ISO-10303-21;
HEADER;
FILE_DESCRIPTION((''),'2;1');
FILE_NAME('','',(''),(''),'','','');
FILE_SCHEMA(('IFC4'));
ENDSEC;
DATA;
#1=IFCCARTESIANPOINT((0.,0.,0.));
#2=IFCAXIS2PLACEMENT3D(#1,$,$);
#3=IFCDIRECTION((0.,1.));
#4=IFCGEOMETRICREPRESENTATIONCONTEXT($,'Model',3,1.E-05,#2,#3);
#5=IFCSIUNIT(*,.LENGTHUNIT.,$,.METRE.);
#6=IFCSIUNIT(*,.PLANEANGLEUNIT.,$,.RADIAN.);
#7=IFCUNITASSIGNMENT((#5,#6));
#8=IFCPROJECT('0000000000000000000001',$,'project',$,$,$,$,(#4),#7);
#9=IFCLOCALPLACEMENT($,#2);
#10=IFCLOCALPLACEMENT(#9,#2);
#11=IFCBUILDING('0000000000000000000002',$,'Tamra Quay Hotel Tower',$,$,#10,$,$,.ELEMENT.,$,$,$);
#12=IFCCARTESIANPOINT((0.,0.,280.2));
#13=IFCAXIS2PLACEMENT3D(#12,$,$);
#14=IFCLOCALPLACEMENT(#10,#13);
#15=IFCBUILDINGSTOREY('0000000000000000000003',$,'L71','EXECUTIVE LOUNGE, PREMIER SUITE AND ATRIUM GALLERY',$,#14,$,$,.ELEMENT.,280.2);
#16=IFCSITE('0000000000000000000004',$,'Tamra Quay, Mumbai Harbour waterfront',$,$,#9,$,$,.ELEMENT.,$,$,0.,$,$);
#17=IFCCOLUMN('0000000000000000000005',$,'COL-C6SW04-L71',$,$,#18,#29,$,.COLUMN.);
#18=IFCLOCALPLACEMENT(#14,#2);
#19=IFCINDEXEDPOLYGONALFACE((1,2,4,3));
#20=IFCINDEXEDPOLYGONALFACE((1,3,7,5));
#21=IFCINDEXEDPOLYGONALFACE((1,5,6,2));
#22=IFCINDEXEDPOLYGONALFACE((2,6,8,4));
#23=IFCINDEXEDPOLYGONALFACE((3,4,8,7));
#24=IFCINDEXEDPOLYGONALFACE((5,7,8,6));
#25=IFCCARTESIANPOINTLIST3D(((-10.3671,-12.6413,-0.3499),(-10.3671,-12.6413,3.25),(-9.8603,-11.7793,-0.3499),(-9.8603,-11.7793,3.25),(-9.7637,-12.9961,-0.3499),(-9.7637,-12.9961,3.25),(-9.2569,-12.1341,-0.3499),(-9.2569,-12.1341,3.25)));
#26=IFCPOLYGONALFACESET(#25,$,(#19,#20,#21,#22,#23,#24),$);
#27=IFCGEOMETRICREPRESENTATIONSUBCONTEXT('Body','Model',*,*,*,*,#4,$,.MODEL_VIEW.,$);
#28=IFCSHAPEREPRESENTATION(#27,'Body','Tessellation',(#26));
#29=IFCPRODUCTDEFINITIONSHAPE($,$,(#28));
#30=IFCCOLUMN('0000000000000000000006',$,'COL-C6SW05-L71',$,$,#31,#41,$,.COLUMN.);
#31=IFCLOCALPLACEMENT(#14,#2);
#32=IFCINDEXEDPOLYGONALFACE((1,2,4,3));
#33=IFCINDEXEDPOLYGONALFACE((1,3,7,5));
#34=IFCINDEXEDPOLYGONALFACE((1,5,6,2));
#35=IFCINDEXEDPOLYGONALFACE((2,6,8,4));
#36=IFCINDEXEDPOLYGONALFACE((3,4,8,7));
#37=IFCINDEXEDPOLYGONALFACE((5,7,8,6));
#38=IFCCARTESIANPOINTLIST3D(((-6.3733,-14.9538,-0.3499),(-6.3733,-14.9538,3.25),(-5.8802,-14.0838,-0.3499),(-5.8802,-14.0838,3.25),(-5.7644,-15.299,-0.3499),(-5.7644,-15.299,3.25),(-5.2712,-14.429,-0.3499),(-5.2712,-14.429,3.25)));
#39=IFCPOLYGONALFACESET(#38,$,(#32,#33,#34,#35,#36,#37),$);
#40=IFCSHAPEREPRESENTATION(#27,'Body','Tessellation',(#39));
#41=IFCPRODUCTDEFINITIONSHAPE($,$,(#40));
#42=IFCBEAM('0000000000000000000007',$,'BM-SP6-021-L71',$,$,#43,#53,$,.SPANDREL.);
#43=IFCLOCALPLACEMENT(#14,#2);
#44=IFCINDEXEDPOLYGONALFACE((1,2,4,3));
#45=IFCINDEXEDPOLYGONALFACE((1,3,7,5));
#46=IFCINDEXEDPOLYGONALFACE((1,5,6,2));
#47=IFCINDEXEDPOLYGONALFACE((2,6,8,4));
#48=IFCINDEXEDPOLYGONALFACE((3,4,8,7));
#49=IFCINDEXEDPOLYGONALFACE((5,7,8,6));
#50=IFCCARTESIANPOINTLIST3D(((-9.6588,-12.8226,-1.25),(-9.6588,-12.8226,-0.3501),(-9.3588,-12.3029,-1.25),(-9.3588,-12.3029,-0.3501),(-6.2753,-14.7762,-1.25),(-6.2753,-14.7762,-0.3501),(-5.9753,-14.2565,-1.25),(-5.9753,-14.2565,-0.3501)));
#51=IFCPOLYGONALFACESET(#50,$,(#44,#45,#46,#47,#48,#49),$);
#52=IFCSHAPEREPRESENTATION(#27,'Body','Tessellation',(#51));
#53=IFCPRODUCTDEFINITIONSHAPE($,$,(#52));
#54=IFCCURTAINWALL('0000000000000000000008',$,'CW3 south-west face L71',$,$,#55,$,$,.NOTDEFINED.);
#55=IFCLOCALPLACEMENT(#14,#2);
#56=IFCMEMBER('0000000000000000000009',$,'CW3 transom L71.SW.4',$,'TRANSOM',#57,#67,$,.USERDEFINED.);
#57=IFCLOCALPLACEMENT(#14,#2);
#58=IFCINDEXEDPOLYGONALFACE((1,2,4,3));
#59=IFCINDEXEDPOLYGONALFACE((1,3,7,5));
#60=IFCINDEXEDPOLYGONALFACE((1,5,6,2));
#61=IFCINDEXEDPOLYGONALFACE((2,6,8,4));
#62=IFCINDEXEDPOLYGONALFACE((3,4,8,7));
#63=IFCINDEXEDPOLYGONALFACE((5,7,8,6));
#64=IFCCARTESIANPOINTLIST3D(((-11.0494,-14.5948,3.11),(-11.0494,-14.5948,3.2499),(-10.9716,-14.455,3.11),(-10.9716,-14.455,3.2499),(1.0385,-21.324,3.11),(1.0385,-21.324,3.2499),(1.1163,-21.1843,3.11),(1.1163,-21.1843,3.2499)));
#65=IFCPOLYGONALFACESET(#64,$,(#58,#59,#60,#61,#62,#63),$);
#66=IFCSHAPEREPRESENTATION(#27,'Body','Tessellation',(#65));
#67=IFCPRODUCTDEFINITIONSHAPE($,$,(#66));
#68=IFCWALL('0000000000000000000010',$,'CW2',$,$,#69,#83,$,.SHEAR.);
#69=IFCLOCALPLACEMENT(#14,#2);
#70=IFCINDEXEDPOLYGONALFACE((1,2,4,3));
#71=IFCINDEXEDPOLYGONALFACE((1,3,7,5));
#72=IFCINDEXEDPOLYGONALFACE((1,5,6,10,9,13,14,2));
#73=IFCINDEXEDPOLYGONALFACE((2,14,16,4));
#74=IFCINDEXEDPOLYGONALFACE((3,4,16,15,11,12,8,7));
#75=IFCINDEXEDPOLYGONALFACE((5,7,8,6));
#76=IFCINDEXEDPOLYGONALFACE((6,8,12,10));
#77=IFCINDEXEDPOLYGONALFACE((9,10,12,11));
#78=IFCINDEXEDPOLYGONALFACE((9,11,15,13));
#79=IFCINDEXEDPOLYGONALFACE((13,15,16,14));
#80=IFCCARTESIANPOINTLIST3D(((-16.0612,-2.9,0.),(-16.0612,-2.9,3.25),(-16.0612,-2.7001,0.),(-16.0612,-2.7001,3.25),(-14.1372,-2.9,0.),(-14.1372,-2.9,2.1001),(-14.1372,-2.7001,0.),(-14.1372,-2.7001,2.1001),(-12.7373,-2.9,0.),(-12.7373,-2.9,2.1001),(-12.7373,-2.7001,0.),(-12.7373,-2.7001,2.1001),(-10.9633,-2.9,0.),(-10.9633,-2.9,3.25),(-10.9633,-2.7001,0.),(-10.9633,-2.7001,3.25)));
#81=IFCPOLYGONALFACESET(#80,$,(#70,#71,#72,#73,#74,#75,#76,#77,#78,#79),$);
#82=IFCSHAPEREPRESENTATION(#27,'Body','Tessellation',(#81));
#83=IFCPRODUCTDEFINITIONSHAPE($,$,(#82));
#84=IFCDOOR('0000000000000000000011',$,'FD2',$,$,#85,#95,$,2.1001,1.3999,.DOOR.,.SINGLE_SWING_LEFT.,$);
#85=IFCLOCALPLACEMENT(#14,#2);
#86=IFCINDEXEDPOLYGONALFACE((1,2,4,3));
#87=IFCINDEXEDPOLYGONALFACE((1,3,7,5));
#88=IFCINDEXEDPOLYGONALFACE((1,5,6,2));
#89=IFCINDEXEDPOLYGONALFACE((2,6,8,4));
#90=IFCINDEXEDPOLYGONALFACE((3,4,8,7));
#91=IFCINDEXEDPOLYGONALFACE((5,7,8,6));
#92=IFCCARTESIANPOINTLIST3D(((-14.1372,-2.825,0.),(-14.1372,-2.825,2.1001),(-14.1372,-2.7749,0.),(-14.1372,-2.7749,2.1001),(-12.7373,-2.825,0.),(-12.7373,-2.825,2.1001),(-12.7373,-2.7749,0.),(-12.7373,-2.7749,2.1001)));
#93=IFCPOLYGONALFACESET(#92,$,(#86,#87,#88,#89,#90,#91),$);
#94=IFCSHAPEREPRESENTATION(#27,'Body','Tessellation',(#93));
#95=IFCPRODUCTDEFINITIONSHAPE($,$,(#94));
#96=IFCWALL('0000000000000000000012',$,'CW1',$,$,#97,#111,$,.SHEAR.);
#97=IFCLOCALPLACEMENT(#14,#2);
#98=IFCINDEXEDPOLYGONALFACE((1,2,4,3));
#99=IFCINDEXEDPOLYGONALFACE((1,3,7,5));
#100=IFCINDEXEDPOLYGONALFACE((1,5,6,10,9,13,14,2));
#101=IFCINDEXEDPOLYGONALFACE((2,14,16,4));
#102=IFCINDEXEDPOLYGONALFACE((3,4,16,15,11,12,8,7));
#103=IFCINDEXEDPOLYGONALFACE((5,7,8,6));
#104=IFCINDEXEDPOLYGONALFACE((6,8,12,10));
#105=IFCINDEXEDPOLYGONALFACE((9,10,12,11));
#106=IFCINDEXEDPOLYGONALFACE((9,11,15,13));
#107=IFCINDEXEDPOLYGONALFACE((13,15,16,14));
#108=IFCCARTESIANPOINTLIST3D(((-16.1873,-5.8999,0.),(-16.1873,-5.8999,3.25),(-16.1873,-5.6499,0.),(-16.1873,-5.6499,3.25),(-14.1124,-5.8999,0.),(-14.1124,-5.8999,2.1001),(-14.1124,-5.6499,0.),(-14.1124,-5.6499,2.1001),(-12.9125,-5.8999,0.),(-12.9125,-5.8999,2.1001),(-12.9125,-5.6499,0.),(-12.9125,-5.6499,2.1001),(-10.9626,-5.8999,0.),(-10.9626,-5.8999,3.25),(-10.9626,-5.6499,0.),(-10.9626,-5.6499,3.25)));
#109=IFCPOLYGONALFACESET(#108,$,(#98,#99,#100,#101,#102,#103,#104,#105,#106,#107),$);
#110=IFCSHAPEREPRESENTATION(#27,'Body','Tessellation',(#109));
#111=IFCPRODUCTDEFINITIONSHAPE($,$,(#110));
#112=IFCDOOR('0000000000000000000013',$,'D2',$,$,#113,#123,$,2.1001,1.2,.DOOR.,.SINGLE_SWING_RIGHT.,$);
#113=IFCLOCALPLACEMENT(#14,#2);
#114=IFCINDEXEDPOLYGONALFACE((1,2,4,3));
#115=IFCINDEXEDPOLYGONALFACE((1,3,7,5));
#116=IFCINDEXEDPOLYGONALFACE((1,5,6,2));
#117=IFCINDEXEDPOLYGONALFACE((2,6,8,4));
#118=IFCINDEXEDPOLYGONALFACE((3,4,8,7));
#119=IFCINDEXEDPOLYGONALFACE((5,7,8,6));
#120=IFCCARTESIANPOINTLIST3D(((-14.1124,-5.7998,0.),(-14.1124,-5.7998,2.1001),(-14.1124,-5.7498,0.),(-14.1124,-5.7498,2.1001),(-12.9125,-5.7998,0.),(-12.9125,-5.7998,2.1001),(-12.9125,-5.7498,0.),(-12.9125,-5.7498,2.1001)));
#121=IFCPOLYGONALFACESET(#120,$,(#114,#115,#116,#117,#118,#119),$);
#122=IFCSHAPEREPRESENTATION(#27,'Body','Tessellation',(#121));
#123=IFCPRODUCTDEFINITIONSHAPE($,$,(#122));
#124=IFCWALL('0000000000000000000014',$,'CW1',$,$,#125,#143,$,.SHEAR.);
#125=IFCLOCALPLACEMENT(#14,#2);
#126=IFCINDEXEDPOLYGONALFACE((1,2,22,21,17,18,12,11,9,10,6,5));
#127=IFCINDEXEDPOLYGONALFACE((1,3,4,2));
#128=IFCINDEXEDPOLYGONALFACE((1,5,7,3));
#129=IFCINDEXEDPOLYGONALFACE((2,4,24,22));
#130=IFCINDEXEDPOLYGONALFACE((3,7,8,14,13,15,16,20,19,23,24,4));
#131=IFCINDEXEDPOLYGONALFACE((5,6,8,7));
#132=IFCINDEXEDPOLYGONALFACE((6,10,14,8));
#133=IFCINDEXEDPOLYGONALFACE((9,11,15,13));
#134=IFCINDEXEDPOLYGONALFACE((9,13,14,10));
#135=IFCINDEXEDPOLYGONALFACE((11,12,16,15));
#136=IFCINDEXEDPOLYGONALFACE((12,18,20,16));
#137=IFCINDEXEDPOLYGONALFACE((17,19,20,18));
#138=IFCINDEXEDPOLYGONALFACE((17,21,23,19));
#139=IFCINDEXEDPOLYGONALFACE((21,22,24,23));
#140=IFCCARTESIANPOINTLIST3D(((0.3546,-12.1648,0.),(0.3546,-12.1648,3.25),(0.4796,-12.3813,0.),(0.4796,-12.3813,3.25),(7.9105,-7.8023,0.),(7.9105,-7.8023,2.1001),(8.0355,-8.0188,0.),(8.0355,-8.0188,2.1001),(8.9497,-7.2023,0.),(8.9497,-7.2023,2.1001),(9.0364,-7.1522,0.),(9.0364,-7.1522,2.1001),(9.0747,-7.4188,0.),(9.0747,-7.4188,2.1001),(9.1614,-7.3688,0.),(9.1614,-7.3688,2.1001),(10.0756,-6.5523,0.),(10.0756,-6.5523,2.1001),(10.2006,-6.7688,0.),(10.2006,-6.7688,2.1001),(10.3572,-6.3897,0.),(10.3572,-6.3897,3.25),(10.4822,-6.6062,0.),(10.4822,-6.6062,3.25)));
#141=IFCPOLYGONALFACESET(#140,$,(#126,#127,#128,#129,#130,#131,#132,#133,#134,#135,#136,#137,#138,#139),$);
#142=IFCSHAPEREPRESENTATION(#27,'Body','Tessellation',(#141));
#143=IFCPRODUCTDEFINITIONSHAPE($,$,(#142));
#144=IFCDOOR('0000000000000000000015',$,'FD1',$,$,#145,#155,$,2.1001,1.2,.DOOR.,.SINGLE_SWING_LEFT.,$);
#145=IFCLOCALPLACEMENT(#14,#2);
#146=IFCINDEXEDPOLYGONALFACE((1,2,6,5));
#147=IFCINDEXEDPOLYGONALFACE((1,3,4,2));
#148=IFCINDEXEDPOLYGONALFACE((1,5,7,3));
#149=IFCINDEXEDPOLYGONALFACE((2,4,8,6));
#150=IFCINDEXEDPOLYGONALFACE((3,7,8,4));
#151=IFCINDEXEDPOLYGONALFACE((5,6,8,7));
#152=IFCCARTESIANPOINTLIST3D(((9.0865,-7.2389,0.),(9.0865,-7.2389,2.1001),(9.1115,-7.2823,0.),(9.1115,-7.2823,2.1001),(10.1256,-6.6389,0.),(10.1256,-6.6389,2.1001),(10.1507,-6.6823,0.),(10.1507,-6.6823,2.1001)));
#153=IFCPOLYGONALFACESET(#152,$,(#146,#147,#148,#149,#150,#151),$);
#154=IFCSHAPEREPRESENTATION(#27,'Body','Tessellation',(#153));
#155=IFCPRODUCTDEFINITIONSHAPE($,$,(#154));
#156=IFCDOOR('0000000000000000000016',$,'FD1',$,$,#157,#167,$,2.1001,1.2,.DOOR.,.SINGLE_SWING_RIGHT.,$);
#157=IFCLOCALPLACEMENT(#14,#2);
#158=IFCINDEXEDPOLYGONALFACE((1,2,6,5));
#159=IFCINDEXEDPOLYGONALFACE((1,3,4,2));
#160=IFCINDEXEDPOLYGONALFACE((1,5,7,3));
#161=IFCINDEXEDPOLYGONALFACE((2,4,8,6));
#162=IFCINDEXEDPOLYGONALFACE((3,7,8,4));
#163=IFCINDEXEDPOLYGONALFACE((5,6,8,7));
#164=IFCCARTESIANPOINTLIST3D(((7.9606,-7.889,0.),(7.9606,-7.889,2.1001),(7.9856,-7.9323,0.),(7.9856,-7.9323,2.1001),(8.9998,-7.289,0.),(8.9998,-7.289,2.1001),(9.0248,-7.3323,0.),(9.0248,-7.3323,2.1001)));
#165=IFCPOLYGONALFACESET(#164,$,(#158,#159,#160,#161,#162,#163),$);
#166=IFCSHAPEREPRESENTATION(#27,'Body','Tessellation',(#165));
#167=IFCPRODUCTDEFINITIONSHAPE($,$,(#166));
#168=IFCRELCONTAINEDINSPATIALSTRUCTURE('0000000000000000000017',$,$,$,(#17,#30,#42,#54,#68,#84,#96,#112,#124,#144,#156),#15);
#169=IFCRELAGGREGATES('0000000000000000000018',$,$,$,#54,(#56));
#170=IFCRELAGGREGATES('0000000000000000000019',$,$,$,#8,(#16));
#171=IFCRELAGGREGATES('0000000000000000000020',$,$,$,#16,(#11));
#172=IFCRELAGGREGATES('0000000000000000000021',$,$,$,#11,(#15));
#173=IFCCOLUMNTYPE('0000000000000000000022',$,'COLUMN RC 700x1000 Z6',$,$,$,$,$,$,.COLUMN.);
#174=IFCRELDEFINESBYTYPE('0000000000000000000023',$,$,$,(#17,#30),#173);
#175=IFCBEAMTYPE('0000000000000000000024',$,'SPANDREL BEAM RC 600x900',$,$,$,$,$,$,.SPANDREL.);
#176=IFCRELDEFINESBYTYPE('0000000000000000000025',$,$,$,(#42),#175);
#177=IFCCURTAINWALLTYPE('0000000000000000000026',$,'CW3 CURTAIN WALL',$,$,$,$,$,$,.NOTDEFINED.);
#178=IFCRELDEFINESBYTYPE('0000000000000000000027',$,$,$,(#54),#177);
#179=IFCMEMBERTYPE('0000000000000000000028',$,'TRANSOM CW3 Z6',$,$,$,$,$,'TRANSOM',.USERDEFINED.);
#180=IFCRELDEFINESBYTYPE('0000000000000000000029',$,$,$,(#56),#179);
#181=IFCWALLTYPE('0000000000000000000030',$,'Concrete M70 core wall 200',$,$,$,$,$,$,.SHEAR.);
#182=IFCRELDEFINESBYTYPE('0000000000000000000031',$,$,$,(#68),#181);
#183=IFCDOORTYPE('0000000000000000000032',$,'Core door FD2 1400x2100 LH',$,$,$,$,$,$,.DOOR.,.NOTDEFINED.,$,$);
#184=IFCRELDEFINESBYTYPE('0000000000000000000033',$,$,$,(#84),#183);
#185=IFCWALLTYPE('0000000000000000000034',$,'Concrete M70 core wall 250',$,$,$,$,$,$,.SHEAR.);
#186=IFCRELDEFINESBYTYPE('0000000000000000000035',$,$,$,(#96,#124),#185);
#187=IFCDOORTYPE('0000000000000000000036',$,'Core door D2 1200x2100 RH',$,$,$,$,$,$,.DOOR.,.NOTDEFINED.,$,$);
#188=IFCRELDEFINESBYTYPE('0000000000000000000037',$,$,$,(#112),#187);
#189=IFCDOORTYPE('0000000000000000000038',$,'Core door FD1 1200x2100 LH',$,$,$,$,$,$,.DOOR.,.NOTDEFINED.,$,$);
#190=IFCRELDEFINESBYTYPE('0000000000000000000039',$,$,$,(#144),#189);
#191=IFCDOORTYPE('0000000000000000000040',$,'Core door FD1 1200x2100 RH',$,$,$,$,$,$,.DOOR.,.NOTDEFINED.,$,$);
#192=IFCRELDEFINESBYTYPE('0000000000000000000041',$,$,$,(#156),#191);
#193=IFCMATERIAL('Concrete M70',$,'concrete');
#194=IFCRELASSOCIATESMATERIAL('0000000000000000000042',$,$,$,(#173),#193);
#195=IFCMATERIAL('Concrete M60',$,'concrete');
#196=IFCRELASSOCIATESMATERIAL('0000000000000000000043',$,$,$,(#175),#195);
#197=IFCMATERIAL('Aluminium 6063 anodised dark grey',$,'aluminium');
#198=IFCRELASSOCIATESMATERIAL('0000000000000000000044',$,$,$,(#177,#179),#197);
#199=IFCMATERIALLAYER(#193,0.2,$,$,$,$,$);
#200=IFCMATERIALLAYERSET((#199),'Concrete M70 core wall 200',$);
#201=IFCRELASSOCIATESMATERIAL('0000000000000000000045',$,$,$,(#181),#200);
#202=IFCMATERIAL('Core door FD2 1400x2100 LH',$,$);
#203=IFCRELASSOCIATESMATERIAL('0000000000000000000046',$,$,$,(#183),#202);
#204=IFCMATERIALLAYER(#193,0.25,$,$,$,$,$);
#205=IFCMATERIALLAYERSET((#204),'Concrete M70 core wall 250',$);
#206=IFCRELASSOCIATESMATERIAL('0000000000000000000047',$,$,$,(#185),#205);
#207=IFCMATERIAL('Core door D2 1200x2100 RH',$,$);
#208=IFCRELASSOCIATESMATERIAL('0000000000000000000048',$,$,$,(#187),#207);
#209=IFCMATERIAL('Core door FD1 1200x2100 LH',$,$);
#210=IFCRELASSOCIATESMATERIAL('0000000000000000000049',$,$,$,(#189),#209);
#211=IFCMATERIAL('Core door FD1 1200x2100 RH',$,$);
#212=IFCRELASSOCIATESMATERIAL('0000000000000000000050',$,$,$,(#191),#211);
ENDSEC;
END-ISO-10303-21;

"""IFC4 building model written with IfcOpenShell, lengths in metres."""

from ifc_helpers import new_model, si_unit, direction, frame, frame_2d, origin, origin_2d, place, context, subcontext, project, spatial, rectangle, extrude, material, layer, layer_set, material_profile, profile_set, type_object, element, fill, aggregate, save


model = new_model("IFC4")

# Units and contexts
model_context = context("Model", 3, precision=1e-05, world=origin(), true_north=direction((0.0, 1.0)))
body_context = subcontext(model_context, "Body", "Model", "MODEL_VIEW")
ifc_project = project(units=[si_unit("LENGTHUNIT", "METRE"), si_unit("PLANEANGLEUNIT", "RADIAN")], contexts=[model_context])

# Site, building, storey
site_placement = place(None, origin())
site = spatial("IfcSite", under=ifc_project, at=site_placement, Name="Tamra Quay, Mumbai Harbour waterfront", CompositionType="ELEMENT", RefElevation=0.0)
building_placement = place(site_placement, origin())
building = spatial("IfcBuilding", under=site, at=building_placement, Name="Tamra Quay Hotel Tower", CompositionType="ELEMENT")
storey_placement = place(building_placement, frame((0.0, 0.0, 280.2)))
storey = spatial("IfcBuildingStorey", under=building, at=storey_placement, Name="L71", Description="EXECUTIVE LOUNGE, PREMIER SUITE AND ATRIUM GALLERY", CompositionType="ELEMENT", Elevation=280.2)

# Columns
ifc_material_1 = material(Name="Concrete M70", Category="concrete")
ifc_material_profile_1 = material_profile(ifc_material_1, rectangle(XDim=1.0, YDim=0.7, at=origin_2d()), Name="COLUMN RC 700x1000 Z6")
ifc_profile_set_1 = profile_set([ifc_material_profile_1], Name="Concrete M70")
column_type = type_object("IfcColumnType", Name="COLUMN RC 700x1000 Z6", PredefinedType="COLUMN", material=ifc_profile_set_1)
for number, where, z_axis, x_axis, name in (
    (1, (-9.812, -12.3877, -0.3499), (0.0, 0.0, 1.0), (0.506843, 0.862038, 0.0), "COL-C6SW04-L71"),
    (2, (-5.8223, -14.6914, -0.3499), (0.0, 0.0, 1.0), (0.493125, 0.869958, 0.0), "COL-C6SW05-L71"),
):
    element("IfcColumn", number, at=place(storey_placement, frame(where, z_axis=z_axis, x_axis=x_axis)), inside=storey, type_object=column_type, Name=name, PredefinedType="COLUMN", context=body_context, shape_type="SweptSolid", body=[
        extrude(rectangle(XDim=1.0, YDim=0.7, at=origin_2d()), origin(), (0.0, 0.0, 1.0), 3.5999),
    ])

# Beam
ifc_material_2 = material(Name="Concrete M60", Category="concrete")
ifc_material_profile_2 = material_profile(ifc_material_2, rectangle(XDim=0.6001, YDim=0.8999, at=origin_2d()), Name="SPANDREL BEAM RC 600x900")
ifc_profile_set_2 = profile_set([ifc_material_profile_2], Name="Concrete M60")
beam_type = type_object("IfcBeamType", Name="SPANDREL BEAM RC 600x900", PredefinedType="SPANDREL", material=ifc_profile_set_2)
beam_placement = place(storey_placement, frame((-9.5088, -12.5627, -0.8), z_axis=(0.866012, -0.500024, 0.0), x_axis=(0.500024, 0.866012, 0.0)))
element("IfcBeam", 3, at=beam_placement, inside=storey, type_object=beam_type, Name="BM-SP6-021-L71", PredefinedType="SPANDREL", context=body_context, shape_type="SweptSolid", body=[
    extrude(rectangle(XDim=0.6001, YDim=0.8999, at=origin_2d()), origin(), (0.0, 0.0, 1.0), 3.907),
])

# Curtain wall, member
ifc_material_3 = material(Name="Aluminium 6063 anodised dark grey", Category="aluminium")
curtain_wall_type = type_object("IfcCurtainWallType", Name="CW3 CURTAIN WALL", PredefinedType="NOTDEFINED", material=ifc_material_3)
curtain_wall_placement = place(storey_placement, origin())
curtain_wall = element("IfcCurtainWall", 4, at=curtain_wall_placement, inside=storey, type_object=curtain_wall_type, Name="CW3 south-west face L71", PredefinedType="NOTDEFINED")
ifc_material_profile_3 = material_profile(ifc_material_3, rectangle(XDim=0.1599, YDim=0.1399, at=origin_2d()), Name="TRANSOM 160X140")
ifc_profile_set_3 = profile_set([ifc_material_profile_3], Name="Aluminium 6063 anodised dark grey")
member_type = type_object("IfcMemberType", Name="TRANSOM CW3 Z6", ElementType="TRANSOM", PredefinedType="USERDEFINED", material=ifc_profile_set_3)
member_placement = place(storey_placement, frame((-11.0105, -14.5249, 3.1799), z_axis=(0.873735, -0.486402, 0.0), x_axis=(0.486402, 0.873735, 0.0)))
member = element("IfcMember", 5, at=member_placement, type_object=member_type, Name="CW3 transom L71.SW.4", ObjectType="TRANSOM", PredefinedType="USERDEFINED", context=body_context, shape_type="SweptSolid", body=[
    extrude(rectangle(XDim=0.1599, YDim=0.1399, at=origin_2d()), origin(), (0.0, 0.0, 1.0), 13.8347),
])
aggregate(curtain_wall, [member])

# Walls, openings, doors
ifc_layer_1 = layer(ifc_material_1, 0.2)
ifc_layer_set_1 = layer_set([ifc_layer_1], Name="Concrete M70 core wall 200")
wall_type_1 = type_object("IfcWallType", Name="Concrete M70 core wall 200", PredefinedType="SHEAR", material=ifc_layer_set_1)
wall_1_placement = place(storey_placement, frame((-10.9634, -2.8, 0.0), z_axis=(0.0, 0.0, 1.0), x_axis=(-1.0, 0.0, 0.0)))
wall_1 = element("IfcWall", 6, at=wall_1_placement, inside=storey, type_object=wall_type_1, Name="CW2", PredefinedType="SHEAR", context=body_context, shape_type="SweptSolid", body=[
    extrude(rectangle(XDim=5.0979, YDim=0.2, at=frame_2d((2.5488, 0.0))), origin(), (0.0, 0.0, 1.0), 3.25),
])
opening_1_placement = place(wall_1_placement, frame((1.7739, 0.0, 0.0)))
opening_1 = element("IfcOpeningElement", 7, at=opening_1_placement, cuts=wall_1, PredefinedType="OPENING", context=body_context, shape_type="SweptSolid", body=[
    extrude(rectangle(XDim=1.3999, YDim=2.1001, at=frame_2d((0.7, 1.05))), frame((0.0, 0.1099, 0.0), z_axis=(0.0, -1.0, 0.0), x_axis=(1.0, 0.0, 0.0)), (0.0, 0.0, 1.0), 0.22),
])
ifc_material_4 = material(Name="Core door FD2 1400x2100 LH")
door_type_1 = type_object("IfcDoorType", Name="Core door FD2 1400x2100 LH", OperationType="NOTDEFINED", PredefinedType="DOOR", material=ifc_material_4)
door_1_placement = place(opening_1_placement, origin())
door_1 = element("IfcDoor", 8, at=door_1_placement, inside=storey, type_object=door_type_1, Name="FD2", OperationType="SINGLE_SWING_LEFT", OverallHeight=2.1001, OverallWidth=1.3999, PredefinedType="DOOR", context=body_context, shape_type="SweptSolid", body=[
    extrude(rectangle(XDim=1.3999, YDim=2.1001, at=frame_2d((0.7, 1.05))), frame((0.0, 0.0249, 0.0), z_axis=(0.0, -1.0, 0.0), x_axis=(1.0, 0.0, 0.0)), (0.0, 0.0, 1.0), 0.05),
])
fill(opening_1, door_1)
ifc_layer_2 = layer(ifc_material_1, 0.25)
ifc_layer_set_2 = layer_set([ifc_layer_2], Name="Concrete M70 core wall 250")
wall_type_2 = type_object("IfcWallType", Name="Concrete M70 core wall 250", PredefinedType="SHEAR", material=ifc_layer_set_2)
wall_2_placement = place(storey_placement, frame((-10.9626, -5.7749, 0.0), z_axis=(0.0, 0.0, 1.0), x_axis=(-1.0, 0.0, 0.0)))
wall_2 = element("IfcWall", 9, at=wall_2_placement, inside=storey, type_object=wall_type_2, Name="CW1", PredefinedType="SHEAR", context=body_context, shape_type="SweptSolid", body=[
    extrude(rectangle(XDim=5.2246, YDim=0.25, at=frame_2d((2.6123, 0.0))), origin(), (0.0, 0.0, 1.0), 3.25),
])
opening_2_placement = place(wall_2_placement, frame((1.9497, 0.0, 0.0)))
opening_2 = element("IfcOpeningElement", 10, at=opening_2_placement, cuts=wall_2, PredefinedType="OPENING", context=body_context, shape_type="SweptSolid", body=[
    extrude(rectangle(XDim=1.2, YDim=2.1001, at=frame_2d((0.6001, 1.05))), frame((0.0, 0.135, 0.0), z_axis=(0.0, -1.0, 0.0), x_axis=(1.0, 0.0, 0.0)), (0.0, 0.0, 1.0), 0.27),
])
ifc_material_5 = material(Name="Core door D2 1200x2100 RH")
door_type_2 = type_object("IfcDoorType", Name="Core door D2 1200x2100 RH", OperationType="NOTDEFINED", PredefinedType="DOOR", material=ifc_material_5)
door_2_placement = place(opening_2_placement, origin())
door_2 = element("IfcDoor", 11, at=door_2_placement, inside=storey, type_object=door_type_2, Name="D2", OperationType="SINGLE_SWING_RIGHT", OverallHeight=2.1001, OverallWidth=1.2, PredefinedType="DOOR", context=body_context, shape_type="SweptSolid", body=[
    extrude(rectangle(XDim=1.2, YDim=2.1001, at=frame_2d((0.6001, 1.05))), frame((0.0, 0.0249, 0.0), z_axis=(0.0, -1.0, 0.0), x_axis=(1.0, 0.0, 0.0)), (0.0, 0.0, 1.0), 0.05),
])
fill(opening_2, door_2)

# Wall, openings, doors
wall_3_placement = place(storey_placement, frame((0.4172, -12.2729, 0.0), z_axis=(0.0, 0.0, 1.0), x_axis=(0.866022, 0.500006, 0.0)))
wall_3 = element("IfcWall", 12, at=wall_3_placement, inside=storey, type_object=wall_type_2, Name="CW1", PredefinedType="SHEAR", context=body_context, shape_type="SweptSolid", body=[
    extrude(rectangle(XDim=11.55, YDim=0.25, at=frame_2d((5.7749, 0.0))), origin(), (0.0, 0.0, 1.0), 3.25),
])
opening_3_placement = place(wall_3_placement, frame((10.0247, 0.0, 0.0)))
opening_3 = element("IfcOpeningElement", 13, at=opening_3_placement, cuts=wall_3, PredefinedType="OPENING", context=body_context, shape_type="SweptSolid", body=[
    extrude(rectangle(XDim=1.2, YDim=2.1001, at=frame_2d((0.6001, 1.05))), frame((0.0, 0.135, 0.0), z_axis=(0.0, -1.0, 0.0), x_axis=(1.0, 0.0, 0.0)), (0.0, 0.0, 1.0), 0.27),
])
opening_4_placement = place(wall_3_placement, frame((8.7246, 0.0, 0.0)))
opening_4 = element("IfcOpeningElement", 14, at=opening_4_placement, cuts=wall_3, PredefinedType="OPENING", context=body_context, shape_type="SweptSolid", body=[
    extrude(rectangle(XDim=1.2, YDim=2.1001, at=frame_2d((0.6001, 1.05))), frame((0.0, 0.135, 0.0), z_axis=(0.0, -1.0, 0.0), x_axis=(1.0, 0.0, 0.0)), (0.0, 0.0, 1.0), 0.27),
])
ifc_material_6 = material(Name="Core door FD1 1200x2100 LH")
door_type_3 = type_object("IfcDoorType", Name="Core door FD1 1200x2100 LH", OperationType="NOTDEFINED", PredefinedType="DOOR", material=ifc_material_6)
door_3_placement = place(opening_3_placement, origin())
door_3 = element("IfcDoor", 15, at=door_3_placement, inside=storey, type_object=door_type_3, Name="FD1", OperationType="SINGLE_SWING_LEFT", OverallHeight=2.1001, OverallWidth=1.2, PredefinedType="DOOR", context=body_context, shape_type="SweptSolid", body=[
    extrude(rectangle(XDim=1.2, YDim=2.1001, at=frame_2d((0.6001, 1.05))), frame((0.0, 0.0249, 0.0), z_axis=(0.0, -1.0, 0.0), x_axis=(1.0, 0.0, 0.0)), (0.0, 0.0, 1.0), 0.05),
])
fill(opening_3, door_3)
ifc_material_7 = material(Name="Core door FD1 1200x2100 RH")
door_type_4 = type_object("IfcDoorType", Name="Core door FD1 1200x2100 RH", OperationType="NOTDEFINED", PredefinedType="DOOR", material=ifc_material_7)
door_4_placement = place(opening_4_placement, origin())
door_4 = element("IfcDoor", 16, at=door_4_placement, inside=storey, type_object=door_type_4, Name="FD1", OperationType="SINGLE_SWING_RIGHT", OverallHeight=2.1001, OverallWidth=1.2, PredefinedType="DOOR", context=body_context, shape_type="SweptSolid", body=[
    extrude(rectangle(XDim=1.2, YDim=2.1001, at=frame_2d((0.6001, 1.05))), frame((0.0, 0.0249, 0.0), z_axis=(0.0, -1.0, 0.0), x_axis=(1.0, 0.0, 0.0)), (0.0, 0.0, 1.0), 0.05),
])
fill(opening_4, door_4)

save(model, "model.ifc")
